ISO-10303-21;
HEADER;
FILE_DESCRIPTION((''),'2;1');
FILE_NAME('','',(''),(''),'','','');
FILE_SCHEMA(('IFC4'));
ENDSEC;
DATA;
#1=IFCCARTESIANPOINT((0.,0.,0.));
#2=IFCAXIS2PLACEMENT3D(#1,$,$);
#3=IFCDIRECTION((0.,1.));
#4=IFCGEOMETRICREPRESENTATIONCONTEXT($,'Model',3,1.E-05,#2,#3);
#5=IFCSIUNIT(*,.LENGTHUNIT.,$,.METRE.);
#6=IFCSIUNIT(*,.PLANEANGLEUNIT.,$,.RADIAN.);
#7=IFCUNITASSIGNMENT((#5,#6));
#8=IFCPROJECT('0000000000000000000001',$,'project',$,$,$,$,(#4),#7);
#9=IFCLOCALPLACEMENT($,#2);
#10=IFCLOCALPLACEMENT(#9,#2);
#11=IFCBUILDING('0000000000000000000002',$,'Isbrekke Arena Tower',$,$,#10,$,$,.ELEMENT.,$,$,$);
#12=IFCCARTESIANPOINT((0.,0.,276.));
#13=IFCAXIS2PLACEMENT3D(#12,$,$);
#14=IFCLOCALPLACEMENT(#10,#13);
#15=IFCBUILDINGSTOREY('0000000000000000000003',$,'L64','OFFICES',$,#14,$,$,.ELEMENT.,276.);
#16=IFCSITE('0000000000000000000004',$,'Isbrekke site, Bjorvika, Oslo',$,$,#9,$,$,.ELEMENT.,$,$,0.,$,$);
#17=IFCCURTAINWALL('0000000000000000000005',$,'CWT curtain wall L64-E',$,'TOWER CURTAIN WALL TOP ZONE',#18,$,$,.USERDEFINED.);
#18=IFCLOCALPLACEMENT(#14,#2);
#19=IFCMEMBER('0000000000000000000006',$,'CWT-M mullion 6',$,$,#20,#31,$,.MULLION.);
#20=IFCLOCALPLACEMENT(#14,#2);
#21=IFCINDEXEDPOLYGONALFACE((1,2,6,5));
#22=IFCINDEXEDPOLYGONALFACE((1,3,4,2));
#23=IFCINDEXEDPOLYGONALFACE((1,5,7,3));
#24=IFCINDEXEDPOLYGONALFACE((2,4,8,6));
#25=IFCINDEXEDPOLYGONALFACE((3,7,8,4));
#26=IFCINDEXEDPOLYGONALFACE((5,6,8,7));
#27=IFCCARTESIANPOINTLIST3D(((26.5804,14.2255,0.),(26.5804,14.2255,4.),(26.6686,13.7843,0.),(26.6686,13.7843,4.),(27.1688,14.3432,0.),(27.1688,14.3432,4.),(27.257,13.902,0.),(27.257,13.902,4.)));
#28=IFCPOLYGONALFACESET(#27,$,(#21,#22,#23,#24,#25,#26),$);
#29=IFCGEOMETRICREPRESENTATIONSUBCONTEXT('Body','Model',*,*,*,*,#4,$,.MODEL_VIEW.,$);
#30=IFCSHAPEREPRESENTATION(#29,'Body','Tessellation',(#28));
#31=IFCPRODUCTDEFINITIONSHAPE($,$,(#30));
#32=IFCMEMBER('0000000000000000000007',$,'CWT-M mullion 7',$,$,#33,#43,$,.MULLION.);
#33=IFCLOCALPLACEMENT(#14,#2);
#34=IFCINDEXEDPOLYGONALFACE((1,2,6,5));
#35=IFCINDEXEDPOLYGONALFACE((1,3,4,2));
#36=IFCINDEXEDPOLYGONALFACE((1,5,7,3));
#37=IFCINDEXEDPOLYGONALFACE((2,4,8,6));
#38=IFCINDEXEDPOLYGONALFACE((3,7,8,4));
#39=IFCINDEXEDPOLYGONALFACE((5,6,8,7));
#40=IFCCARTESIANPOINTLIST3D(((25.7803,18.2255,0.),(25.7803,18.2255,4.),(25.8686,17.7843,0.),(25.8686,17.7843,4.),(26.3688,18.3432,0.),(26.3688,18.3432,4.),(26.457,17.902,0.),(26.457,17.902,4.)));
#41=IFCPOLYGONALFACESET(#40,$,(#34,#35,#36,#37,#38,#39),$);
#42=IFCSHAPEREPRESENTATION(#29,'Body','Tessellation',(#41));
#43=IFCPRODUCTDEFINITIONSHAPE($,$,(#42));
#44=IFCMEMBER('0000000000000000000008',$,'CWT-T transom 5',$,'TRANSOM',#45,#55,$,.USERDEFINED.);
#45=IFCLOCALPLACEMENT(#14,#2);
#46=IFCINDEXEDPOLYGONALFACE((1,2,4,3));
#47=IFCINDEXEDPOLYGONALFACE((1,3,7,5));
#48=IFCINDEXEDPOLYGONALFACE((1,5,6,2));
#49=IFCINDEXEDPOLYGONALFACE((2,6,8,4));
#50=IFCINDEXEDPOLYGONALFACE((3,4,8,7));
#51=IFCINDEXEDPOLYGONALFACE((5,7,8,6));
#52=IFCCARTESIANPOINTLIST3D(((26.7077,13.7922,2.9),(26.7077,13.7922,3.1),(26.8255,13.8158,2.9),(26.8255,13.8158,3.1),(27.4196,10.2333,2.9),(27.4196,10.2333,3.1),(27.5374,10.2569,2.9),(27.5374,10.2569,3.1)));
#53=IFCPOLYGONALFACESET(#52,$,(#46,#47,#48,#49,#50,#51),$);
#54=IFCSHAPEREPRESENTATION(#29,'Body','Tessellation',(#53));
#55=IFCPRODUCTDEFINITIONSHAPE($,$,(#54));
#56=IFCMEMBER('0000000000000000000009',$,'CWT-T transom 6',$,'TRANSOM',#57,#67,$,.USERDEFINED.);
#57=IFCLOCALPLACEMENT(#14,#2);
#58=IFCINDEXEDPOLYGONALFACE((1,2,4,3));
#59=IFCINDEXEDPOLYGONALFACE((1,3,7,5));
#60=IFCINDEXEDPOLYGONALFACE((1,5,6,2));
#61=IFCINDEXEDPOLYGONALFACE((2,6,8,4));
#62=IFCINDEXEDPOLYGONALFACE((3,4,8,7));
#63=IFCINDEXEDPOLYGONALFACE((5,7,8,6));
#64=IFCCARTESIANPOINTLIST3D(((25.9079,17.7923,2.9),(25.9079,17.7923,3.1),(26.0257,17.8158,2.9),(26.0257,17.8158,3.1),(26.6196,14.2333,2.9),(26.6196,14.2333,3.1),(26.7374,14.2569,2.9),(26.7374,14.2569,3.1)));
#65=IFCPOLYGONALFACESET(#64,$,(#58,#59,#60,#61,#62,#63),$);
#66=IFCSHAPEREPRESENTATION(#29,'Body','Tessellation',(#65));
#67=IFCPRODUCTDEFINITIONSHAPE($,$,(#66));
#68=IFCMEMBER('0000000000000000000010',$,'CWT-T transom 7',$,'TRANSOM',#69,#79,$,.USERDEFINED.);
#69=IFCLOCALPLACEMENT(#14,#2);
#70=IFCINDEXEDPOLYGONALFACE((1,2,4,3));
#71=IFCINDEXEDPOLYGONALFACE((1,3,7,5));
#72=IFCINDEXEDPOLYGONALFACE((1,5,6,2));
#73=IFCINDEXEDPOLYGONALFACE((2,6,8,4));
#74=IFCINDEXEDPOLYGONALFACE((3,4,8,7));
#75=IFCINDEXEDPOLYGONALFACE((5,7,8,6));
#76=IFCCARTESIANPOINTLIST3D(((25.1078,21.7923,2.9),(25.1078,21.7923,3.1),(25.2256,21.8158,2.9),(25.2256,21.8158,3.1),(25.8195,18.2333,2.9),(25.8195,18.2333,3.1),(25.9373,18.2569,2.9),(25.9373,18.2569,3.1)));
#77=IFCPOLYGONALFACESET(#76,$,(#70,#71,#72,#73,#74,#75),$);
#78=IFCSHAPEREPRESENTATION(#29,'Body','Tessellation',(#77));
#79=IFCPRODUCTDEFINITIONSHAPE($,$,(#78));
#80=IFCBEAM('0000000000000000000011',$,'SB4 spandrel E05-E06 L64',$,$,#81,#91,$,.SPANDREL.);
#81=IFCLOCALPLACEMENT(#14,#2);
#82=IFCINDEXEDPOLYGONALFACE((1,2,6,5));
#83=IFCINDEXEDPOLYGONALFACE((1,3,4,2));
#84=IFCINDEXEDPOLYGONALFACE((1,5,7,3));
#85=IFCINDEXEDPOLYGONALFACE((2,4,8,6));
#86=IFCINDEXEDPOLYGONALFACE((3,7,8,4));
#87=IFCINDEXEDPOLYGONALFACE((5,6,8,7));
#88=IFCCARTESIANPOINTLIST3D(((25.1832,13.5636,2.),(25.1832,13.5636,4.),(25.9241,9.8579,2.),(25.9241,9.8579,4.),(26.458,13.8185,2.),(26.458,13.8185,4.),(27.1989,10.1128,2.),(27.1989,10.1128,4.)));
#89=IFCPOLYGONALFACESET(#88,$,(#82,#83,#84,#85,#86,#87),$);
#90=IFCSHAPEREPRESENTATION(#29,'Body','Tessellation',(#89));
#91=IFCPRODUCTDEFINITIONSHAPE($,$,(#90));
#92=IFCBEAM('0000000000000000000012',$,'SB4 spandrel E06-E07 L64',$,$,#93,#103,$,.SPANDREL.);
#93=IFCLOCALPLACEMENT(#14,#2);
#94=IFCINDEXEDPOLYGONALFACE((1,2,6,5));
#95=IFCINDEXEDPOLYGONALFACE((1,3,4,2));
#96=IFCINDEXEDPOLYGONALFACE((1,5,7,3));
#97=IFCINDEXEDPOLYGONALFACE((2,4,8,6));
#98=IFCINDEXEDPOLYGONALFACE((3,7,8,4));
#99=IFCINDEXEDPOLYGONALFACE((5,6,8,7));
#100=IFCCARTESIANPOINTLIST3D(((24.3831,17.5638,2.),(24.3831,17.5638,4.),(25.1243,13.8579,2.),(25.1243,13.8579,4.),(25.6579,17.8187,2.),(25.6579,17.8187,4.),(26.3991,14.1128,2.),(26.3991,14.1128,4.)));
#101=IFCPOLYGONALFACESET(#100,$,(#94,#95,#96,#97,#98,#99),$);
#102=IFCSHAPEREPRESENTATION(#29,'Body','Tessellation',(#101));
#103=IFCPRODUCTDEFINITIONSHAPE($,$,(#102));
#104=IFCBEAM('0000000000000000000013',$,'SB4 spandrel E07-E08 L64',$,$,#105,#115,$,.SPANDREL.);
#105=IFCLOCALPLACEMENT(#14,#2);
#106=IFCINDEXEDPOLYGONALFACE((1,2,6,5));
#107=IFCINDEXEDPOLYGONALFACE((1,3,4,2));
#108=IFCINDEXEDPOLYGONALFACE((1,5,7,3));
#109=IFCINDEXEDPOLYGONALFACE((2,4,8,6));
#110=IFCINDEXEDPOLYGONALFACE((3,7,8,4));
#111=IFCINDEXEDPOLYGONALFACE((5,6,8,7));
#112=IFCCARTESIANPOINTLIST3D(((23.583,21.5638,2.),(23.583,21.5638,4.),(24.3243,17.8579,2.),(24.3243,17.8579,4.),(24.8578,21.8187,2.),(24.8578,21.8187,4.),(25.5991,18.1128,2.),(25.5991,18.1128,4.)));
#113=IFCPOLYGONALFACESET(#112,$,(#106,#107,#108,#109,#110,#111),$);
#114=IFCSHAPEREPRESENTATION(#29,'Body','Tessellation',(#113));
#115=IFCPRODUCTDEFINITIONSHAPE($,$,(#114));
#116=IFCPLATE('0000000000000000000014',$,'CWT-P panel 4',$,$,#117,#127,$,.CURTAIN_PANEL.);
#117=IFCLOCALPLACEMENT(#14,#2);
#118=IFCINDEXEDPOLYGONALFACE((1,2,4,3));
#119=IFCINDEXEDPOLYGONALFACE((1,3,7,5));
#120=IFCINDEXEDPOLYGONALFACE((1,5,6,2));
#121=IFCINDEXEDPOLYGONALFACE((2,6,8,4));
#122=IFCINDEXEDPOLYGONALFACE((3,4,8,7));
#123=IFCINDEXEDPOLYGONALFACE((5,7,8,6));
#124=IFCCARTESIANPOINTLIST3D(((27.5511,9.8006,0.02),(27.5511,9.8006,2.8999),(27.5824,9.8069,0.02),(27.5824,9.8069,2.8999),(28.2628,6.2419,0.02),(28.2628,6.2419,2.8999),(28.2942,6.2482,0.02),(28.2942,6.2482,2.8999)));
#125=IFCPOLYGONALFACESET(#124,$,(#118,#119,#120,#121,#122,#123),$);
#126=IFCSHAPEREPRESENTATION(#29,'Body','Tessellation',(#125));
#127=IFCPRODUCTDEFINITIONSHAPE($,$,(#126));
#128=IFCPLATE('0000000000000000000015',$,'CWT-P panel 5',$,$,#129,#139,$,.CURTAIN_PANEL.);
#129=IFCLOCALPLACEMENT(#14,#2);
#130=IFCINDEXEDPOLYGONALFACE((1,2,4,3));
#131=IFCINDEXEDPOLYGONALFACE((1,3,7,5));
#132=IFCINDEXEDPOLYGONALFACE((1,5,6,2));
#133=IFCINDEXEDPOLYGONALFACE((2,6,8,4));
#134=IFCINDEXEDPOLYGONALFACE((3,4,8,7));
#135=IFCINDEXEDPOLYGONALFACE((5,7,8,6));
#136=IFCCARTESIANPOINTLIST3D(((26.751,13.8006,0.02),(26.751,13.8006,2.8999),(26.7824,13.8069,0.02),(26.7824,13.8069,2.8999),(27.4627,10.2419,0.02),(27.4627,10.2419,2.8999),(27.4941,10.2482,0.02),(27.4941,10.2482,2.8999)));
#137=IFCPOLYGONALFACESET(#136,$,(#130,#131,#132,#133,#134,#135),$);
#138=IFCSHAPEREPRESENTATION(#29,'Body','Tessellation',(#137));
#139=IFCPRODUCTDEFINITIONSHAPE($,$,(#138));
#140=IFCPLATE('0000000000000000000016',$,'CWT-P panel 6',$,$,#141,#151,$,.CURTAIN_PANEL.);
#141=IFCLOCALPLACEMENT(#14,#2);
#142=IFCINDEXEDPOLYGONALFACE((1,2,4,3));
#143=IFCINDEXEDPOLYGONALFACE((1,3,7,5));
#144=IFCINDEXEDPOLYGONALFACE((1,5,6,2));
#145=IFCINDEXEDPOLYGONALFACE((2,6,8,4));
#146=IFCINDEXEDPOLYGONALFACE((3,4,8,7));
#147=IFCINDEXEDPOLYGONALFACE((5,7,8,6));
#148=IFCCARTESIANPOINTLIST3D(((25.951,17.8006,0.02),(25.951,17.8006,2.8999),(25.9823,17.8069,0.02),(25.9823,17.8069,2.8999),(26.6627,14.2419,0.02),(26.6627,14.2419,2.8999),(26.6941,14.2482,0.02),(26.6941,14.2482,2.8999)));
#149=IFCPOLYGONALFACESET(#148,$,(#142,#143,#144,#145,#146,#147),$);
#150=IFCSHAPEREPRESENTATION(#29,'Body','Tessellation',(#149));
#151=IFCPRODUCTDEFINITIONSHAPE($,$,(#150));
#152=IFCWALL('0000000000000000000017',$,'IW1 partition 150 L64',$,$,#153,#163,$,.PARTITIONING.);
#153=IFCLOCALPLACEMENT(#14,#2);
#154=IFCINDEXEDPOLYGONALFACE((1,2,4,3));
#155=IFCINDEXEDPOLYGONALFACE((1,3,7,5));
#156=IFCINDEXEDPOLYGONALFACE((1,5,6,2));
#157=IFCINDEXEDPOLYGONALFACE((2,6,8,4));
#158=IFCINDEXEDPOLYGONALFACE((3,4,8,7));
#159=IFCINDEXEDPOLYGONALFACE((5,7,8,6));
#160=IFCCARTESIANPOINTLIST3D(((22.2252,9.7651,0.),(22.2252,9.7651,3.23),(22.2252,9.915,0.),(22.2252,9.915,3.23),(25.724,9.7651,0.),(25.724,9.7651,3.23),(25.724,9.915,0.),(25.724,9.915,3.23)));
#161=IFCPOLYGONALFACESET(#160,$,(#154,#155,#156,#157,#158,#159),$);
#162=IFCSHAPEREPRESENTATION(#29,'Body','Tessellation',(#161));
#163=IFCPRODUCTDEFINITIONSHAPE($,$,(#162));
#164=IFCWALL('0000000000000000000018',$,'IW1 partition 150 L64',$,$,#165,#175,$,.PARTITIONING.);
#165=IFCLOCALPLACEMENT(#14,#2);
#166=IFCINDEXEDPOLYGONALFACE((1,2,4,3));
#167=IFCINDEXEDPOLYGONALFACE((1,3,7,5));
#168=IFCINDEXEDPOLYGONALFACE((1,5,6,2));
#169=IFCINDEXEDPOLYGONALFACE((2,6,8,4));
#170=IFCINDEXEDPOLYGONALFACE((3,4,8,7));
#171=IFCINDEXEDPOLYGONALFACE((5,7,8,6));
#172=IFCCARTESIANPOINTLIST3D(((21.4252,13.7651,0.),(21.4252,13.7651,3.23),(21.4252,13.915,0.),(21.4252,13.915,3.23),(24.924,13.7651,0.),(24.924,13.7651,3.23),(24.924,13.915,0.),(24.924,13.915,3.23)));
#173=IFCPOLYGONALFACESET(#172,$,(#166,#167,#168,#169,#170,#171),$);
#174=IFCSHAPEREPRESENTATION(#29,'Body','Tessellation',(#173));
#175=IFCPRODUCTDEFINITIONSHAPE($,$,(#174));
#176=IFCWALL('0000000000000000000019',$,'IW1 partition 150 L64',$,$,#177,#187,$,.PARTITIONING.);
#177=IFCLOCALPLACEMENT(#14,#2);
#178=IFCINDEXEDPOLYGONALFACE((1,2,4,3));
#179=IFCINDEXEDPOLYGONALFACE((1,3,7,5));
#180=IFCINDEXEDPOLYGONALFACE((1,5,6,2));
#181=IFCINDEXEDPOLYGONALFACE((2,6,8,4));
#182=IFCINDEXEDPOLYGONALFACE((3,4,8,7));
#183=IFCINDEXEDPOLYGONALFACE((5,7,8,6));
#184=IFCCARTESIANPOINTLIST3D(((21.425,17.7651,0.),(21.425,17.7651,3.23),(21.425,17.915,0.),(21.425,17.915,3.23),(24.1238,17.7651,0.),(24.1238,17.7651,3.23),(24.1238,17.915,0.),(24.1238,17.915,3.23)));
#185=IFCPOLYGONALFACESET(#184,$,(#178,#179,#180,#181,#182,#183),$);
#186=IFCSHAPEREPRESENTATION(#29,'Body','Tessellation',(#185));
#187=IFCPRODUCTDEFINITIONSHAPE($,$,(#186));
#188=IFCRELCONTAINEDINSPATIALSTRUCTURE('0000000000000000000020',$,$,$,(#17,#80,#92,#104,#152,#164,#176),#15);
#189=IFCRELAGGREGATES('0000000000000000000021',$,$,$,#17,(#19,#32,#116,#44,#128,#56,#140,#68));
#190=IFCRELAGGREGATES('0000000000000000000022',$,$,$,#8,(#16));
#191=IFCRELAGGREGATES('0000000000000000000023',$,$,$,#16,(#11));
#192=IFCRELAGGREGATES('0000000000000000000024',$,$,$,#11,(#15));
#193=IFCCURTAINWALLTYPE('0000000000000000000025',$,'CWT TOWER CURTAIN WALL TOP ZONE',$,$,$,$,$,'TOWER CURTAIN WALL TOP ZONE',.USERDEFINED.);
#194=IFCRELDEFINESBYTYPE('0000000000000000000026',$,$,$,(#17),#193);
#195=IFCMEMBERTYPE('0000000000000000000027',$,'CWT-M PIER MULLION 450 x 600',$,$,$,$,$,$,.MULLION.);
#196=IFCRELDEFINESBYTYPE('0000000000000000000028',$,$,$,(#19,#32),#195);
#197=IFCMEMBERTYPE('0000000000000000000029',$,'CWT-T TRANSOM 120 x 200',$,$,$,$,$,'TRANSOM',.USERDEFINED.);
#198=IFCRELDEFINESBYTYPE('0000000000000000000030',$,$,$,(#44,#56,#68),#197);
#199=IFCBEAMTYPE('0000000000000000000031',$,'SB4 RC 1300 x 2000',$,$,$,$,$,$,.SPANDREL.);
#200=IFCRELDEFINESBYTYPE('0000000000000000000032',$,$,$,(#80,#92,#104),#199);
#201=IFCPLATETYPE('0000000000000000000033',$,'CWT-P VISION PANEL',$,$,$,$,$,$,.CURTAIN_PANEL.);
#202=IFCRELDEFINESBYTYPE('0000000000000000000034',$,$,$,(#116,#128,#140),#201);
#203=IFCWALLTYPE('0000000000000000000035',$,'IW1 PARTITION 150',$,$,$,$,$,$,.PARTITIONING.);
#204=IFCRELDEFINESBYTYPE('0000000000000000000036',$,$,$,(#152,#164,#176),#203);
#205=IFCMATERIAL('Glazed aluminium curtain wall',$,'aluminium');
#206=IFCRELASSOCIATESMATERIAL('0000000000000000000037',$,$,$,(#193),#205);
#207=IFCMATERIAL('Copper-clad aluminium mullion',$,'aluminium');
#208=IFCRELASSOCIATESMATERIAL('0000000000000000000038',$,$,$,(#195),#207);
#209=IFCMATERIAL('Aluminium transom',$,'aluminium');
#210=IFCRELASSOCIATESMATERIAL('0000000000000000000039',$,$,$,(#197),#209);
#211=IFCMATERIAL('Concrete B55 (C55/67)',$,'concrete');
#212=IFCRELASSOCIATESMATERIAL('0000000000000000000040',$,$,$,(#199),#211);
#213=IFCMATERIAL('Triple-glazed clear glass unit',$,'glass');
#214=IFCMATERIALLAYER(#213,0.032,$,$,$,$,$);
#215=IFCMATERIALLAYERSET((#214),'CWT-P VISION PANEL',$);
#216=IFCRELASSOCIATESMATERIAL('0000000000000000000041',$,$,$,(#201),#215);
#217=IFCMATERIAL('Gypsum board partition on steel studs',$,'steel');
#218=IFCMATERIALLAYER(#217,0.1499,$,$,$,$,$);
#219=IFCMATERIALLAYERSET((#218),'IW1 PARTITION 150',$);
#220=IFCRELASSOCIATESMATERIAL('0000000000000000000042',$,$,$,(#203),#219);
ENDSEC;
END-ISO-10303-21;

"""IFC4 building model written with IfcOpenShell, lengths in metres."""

from ifc_helpers import new_model, si_unit, direction, frame, frame_2d, origin, origin_2d, place, context, subcontext, project, spatial, rectangle, extrude, material, layer, layer_set, material_profile, profile_set, type_object, element, aggregate, save


model = new_model("IFC4")

# Units and contexts
model_context = context("Model", 3, precision=1e-05, world=origin(), true_north=direction((0.0, 1.0)))
body_context = subcontext(model_context, "Body", "Model", "MODEL_VIEW")
ifc_project = project(units=[si_unit("LENGTHUNIT", "METRE"), si_unit("PLANEANGLEUNIT", "RADIAN")], contexts=[model_context])

# Site, building, storey
site_placement = place(None, origin())
site = spatial("IfcSite", under=ifc_project, at=site_placement, Name="Isbrekke site, Bjorvika, Oslo", CompositionType="ELEMENT", RefElevation=0.0)
building_placement = place(site_placement, origin())
building = spatial("IfcBuilding", under=site, at=building_placement, Name="Isbrekke Arena Tower", CompositionType="ELEMENT")
storey_placement = place(building_placement, frame((0.0, 0.0, 276.0)))
storey = spatial("IfcBuildingStorey", under=building, at=storey_placement, Name="L64", Description="OFFICES", CompositionType="ELEMENT", Elevation=276.0)

# Curtain wall, members
ifc_material_1 = material(Name="Glazed aluminium curtain wall", Category="aluminium")
curtain_wall_type = type_object("IfcCurtainWallType", Name="CWT TOWER CURTAIN WALL TOP ZONE", ElementType="TOWER CURTAIN WALL TOP ZONE", PredefinedType="USERDEFINED", material=ifc_material_1)
curtain_wall_placement = place(storey_placement, origin())
curtain_wall = element("IfcCurtainWall", 1, at=curtain_wall_placement, inside=storey, type_object=curtain_wall_type, Name="CWT curtain wall L64-E", ObjectType="TOWER CURTAIN WALL TOP ZONE", PredefinedType="USERDEFINED")
ifc_material_2 = material(Name="Copper-clad aluminium mullion", Category="aluminium")
ifc_material_profile_1 = material_profile(ifc_material_2, rectangle(XDim=0.45, YDim=0.6001, at=origin_2d()), Name="PIER 450X600")
ifc_profile_set_1 = profile_set([ifc_material_profile_1], Name="Copper-clad aluminium mullion")
member_type_1 = type_object("IfcMemberType", Name="CWT-M PIER MULLION 450 x 600", PredefinedType="MULLION", material=ifc_profile_set_1)
member_1_placement = place(storey_placement, frame((26.9187, 14.0637, 0.0), z_axis=(0.0, 0.0, 1.0), x_axis=(-0.196116, 0.980581, 0.0)))
member_1 = element("IfcMember", 2, at=member_1_placement, type_object=member_type_1, Name="CWT-M mullion 6", PredefinedType="MULLION", context=body_context, shape_type="SweptSolid", body=[
    extrude(rectangle(XDim=0.45, YDim=0.6001, at=origin_2d()), origin(), (0.0, 0.0, 1.0), 4.0),
])
member_2_placement = place(storey_placement, frame((26.1187, 18.0637, 0.0), z_axis=(0.0, 0.0, 1.0), x_axis=(-0.196116, 0.980581, 0.0)))
member_2 = element("IfcMember", 3, at=member_2_placement, type_object=member_type_1, Name="CWT-M mullion 7", PredefinedType="MULLION", context=body_context, shape_type="SweptSolid", body=[
    extrude(rectangle(XDim=0.45, YDim=0.6001, at=origin_2d()), origin(), (0.0, 0.0, 1.0), 4.0),
])
ifc_material_3 = material(Name="Aluminium transom", Category="aluminium")
ifc_material_profile_2 = material_profile(ifc_material_3, rectangle(XDim=0.1201, YDim=0.2, at=origin_2d()), Name="TRANSOM 120X200")
ifc_profile_set_2 = profile_set([ifc_material_profile_2], Name="Aluminium transom")
member_type_2 = type_object("IfcMemberType", Name="CWT-T TRANSOM 120 x 200", ElementType="TRANSOM", PredefinedType="USERDEFINED", material=ifc_profile_set_2)
member_3_placement = place(storey_placement, frame((27.4785, 10.2451, 3.0), z_axis=(-0.196155, 0.980573, 0.0), x_axis=(-0.980573, -0.196155, 0.0)))
member_3 = element("IfcMember", 4, at=member_3_placement, type_object=member_type_2, Name="CWT-T transom 5", ObjectType="TRANSOM", PredefinedType="USERDEFINED", context=body_context, shape_type="SweptSolid", body=[
    extrude(rectangle(XDim=0.1201, YDim=0.2, at=origin_2d()), origin(), (0.0, 0.0, 1.0), 3.6294),
])
member_4_placement = place(storey_placement, frame((26.6785, 14.2451, 3.0), z_axis=(-0.19609, 0.980586, 0.0), x_axis=(-0.980586, -0.19609, 0.0)))
member_4 = element("IfcMember", 5, at=member_4_placement, type_object=member_type_2, Name="CWT-T transom 6", ObjectType="TRANSOM", PredefinedType="USERDEFINED", context=body_context, shape_type="SweptSolid", body=[
    extrude(rectangle(XDim=0.1201, YDim=0.2, at=origin_2d()), origin(), (0.0, 0.0, 1.0), 3.6294),
])
member_5_placement = place(storey_placement, frame((25.8784, 18.2451, 3.0), z_axis=(-0.19609, 0.980586, 0.0), x_axis=(-0.980586, -0.19609, 0.0)))
member_5 = element("IfcMember", 6, at=member_5_placement, type_object=member_type_2, Name="CWT-T transom 7", ObjectType="TRANSOM", PredefinedType="USERDEFINED", context=body_context, shape_type="SweptSolid", body=[
    extrude(rectangle(XDim=0.1201, YDim=0.2, at=origin_2d()), origin(), (0.0, 0.0, 1.0), 3.6294),
])

# Beams
ifc_material_4 = material(Name="Concrete B55 (C55/67)", Category="concrete")
ifc_material_profile_3 = material_profile(ifc_material_4, rectangle(XDim=1.3, YDim=2.0, at=origin_2d()), Name="RC 1300x2000")
ifc_profile_set_3 = profile_set([ifc_material_profile_3], Name="Concrete B55 (C55/67)")
beam_type_1 = type_object("IfcBeamType", Name="SB4 RC 1300 x 2000", PredefinedType="SPANDREL", material=ifc_profile_set_3)
beam_1_placement = place(storey_placement, frame((26.5615, 9.9854, 3.0), z_axis=(-0.196066, 0.980591, 0.0), x_axis=(-0.980591, -0.196066, 0.0)))
element("IfcBeam", 7, at=beam_1_placement, inside=storey, type_object=beam_type_1, Name="SB4 spandrel E05-E06 L64", PredefinedType="SPANDREL", context=body_context, shape_type="SweptSolid", body=[
    extrude(rectangle(XDim=1.3, YDim=2.0, at=origin_2d()), origin(), (0.0, 0.0, 1.0), 3.7791),
])
for number, where, z_axis, x_axis, name in (
    (8, (25.7617, 13.9854, 3.0), (-0.196129, 0.980578, 0.0), (-0.980578, -0.196129, 0.0), "SB4 spandrel E06-E07 L64"),
    (9, (24.9617, 17.9854, 3.0), (-0.196129, 0.980578, 0.0), (-0.980578, -0.196129, 0.0), "SB4 spandrel E07-E08 L64"),
):
    element("IfcBeam", number, at=place(storey_placement, frame(where, z_axis=z_axis, x_axis=x_axis)), inside=storey, type_object=beam_type_1, Name=name, PredefinedType="SPANDREL", context=body_context, shape_type="SweptSolid", body=[
        extrude(rectangle(XDim=1.3, YDim=2.0, at=origin_2d()), origin(), (0.0, 0.0, 1.0), 3.7793),
    ])

# Plates
ifc_material_5 = material(Name="Triple-glazed clear glass unit", Category="glass")
ifc_layer_1 = layer(ifc_material_5, 0.032)
ifc_layer_set_1 = layer_set([ifc_layer_1], Name="CWT-P VISION PANEL")
plate_type = type_object("IfcPlateType", Name="CWT-P VISION PANEL", PredefinedType="CURTAIN_PANEL", material=ifc_layer_set_1)
plate_1_placement = place(storey_placement, frame((27.9226, 8.0244, 0.02), z_axis=(0.0, 0.0, 1.0), x_axis=(-0.196116, 0.980581, 0.0)))
plate_1 = element("IfcPlate", 10, at=plate_1_placement, type_object=plate_type, Name="CWT-P panel 4", PredefinedType="CURTAIN_PANEL", context=body_context, shape_type="SweptSolid", body=[
    extrude(rectangle(XDim=3.6292, YDim=0.032, at=origin_2d()), origin(), (0.0, 0.0, 1.0), 2.8799),
])
plate_2_placement = place(storey_placement, frame((27.1226, 12.0244, 0.02), z_axis=(0.0, 0.0, 1.0), x_axis=(-0.196116, 0.980581, 0.0)))
plate_2 = element("IfcPlate", 11, at=plate_2_placement, type_object=plate_type, Name="CWT-P panel 5", PredefinedType="CURTAIN_PANEL", context=body_context, shape_type="SweptSolid", body=[
    extrude(rectangle(XDim=3.6292, YDim=0.032, at=origin_2d()), origin(), (0.0, 0.0, 1.0), 2.8799),
])
plate_3_placement = place(storey_placement, frame((26.3225, 16.0244, 0.02), z_axis=(0.0, 0.0, 1.0), x_axis=(-0.196116, 0.980581, 0.0)))
plate_3 = element("IfcPlate", 12, at=plate_3_placement, type_object=plate_type, Name="CWT-P panel 6", PredefinedType="CURTAIN_PANEL", context=body_context, shape_type="SweptSolid", body=[
    extrude(rectangle(XDim=3.6292, YDim=0.032, at=origin_2d()), origin(), (0.0, 0.0, 1.0), 2.8799),
])
aggregate(curtain_wall, [member_1, member_2, plate_1, member_3, plate_2, member_4, plate_3, member_5])

# Walls
ifc_material_6 = material(Name="Gypsum board partition on steel studs", Category="steel")
ifc_layer_2 = layer(ifc_material_6, 0.1499)
ifc_layer_set_2 = layer_set([ifc_layer_2], Name="IW1 PARTITION 150")
wall_type = type_object("IfcWallType", Name="IW1 PARTITION 150", PredefinedType="PARTITIONING", material=ifc_layer_set_2)
for number, where, z_axis, x_axis, name in (
    (13, (22.2251, 9.8401, 0.0), (0.0, 0.0, 1.0), (1.0, 0.0, 0.0), "IW1 partition 150 L64"),
    (14, (21.425, 13.8401, 0.0), (0.0, 0.0, 1.0), (1.0, 0.0, 0.0), "IW1 partition 150 L64"),
):
    element("IfcWall", number, at=place(storey_placement, frame(where, z_axis=z_axis, x_axis=x_axis)), inside=storey, type_object=wall_type, Name=name, PredefinedType="PARTITIONING", context=body_context, shape_type="SweptSolid", body=[
        extrude(rectangle(XDim=3.4988, YDim=0.1499, at=frame_2d((1.7495, 0.0))), origin(), (0.0, 0.0, 1.0), 3.23),
    ])
wall_1_placement = place(storey_placement, frame((21.425, 17.8401, 0.0), z_axis=(0.0, 0.0, 1.0), x_axis=(1.0, 0.0, 0.0)))
element("IfcWall", 15, at=wall_1_placement, inside=storey, type_object=wall_type, Name="IW1 partition 150 L64", PredefinedType="PARTITIONING", context=body_context, shape_type="SweptSolid", body=[
    extrude(rectangle(XDim=2.6987, YDim=0.1499, at=frame_2d((1.3494, 0.0))), origin(), (0.0, 0.0, 1.0), 3.23),
])

save(model, "model.ifc")
